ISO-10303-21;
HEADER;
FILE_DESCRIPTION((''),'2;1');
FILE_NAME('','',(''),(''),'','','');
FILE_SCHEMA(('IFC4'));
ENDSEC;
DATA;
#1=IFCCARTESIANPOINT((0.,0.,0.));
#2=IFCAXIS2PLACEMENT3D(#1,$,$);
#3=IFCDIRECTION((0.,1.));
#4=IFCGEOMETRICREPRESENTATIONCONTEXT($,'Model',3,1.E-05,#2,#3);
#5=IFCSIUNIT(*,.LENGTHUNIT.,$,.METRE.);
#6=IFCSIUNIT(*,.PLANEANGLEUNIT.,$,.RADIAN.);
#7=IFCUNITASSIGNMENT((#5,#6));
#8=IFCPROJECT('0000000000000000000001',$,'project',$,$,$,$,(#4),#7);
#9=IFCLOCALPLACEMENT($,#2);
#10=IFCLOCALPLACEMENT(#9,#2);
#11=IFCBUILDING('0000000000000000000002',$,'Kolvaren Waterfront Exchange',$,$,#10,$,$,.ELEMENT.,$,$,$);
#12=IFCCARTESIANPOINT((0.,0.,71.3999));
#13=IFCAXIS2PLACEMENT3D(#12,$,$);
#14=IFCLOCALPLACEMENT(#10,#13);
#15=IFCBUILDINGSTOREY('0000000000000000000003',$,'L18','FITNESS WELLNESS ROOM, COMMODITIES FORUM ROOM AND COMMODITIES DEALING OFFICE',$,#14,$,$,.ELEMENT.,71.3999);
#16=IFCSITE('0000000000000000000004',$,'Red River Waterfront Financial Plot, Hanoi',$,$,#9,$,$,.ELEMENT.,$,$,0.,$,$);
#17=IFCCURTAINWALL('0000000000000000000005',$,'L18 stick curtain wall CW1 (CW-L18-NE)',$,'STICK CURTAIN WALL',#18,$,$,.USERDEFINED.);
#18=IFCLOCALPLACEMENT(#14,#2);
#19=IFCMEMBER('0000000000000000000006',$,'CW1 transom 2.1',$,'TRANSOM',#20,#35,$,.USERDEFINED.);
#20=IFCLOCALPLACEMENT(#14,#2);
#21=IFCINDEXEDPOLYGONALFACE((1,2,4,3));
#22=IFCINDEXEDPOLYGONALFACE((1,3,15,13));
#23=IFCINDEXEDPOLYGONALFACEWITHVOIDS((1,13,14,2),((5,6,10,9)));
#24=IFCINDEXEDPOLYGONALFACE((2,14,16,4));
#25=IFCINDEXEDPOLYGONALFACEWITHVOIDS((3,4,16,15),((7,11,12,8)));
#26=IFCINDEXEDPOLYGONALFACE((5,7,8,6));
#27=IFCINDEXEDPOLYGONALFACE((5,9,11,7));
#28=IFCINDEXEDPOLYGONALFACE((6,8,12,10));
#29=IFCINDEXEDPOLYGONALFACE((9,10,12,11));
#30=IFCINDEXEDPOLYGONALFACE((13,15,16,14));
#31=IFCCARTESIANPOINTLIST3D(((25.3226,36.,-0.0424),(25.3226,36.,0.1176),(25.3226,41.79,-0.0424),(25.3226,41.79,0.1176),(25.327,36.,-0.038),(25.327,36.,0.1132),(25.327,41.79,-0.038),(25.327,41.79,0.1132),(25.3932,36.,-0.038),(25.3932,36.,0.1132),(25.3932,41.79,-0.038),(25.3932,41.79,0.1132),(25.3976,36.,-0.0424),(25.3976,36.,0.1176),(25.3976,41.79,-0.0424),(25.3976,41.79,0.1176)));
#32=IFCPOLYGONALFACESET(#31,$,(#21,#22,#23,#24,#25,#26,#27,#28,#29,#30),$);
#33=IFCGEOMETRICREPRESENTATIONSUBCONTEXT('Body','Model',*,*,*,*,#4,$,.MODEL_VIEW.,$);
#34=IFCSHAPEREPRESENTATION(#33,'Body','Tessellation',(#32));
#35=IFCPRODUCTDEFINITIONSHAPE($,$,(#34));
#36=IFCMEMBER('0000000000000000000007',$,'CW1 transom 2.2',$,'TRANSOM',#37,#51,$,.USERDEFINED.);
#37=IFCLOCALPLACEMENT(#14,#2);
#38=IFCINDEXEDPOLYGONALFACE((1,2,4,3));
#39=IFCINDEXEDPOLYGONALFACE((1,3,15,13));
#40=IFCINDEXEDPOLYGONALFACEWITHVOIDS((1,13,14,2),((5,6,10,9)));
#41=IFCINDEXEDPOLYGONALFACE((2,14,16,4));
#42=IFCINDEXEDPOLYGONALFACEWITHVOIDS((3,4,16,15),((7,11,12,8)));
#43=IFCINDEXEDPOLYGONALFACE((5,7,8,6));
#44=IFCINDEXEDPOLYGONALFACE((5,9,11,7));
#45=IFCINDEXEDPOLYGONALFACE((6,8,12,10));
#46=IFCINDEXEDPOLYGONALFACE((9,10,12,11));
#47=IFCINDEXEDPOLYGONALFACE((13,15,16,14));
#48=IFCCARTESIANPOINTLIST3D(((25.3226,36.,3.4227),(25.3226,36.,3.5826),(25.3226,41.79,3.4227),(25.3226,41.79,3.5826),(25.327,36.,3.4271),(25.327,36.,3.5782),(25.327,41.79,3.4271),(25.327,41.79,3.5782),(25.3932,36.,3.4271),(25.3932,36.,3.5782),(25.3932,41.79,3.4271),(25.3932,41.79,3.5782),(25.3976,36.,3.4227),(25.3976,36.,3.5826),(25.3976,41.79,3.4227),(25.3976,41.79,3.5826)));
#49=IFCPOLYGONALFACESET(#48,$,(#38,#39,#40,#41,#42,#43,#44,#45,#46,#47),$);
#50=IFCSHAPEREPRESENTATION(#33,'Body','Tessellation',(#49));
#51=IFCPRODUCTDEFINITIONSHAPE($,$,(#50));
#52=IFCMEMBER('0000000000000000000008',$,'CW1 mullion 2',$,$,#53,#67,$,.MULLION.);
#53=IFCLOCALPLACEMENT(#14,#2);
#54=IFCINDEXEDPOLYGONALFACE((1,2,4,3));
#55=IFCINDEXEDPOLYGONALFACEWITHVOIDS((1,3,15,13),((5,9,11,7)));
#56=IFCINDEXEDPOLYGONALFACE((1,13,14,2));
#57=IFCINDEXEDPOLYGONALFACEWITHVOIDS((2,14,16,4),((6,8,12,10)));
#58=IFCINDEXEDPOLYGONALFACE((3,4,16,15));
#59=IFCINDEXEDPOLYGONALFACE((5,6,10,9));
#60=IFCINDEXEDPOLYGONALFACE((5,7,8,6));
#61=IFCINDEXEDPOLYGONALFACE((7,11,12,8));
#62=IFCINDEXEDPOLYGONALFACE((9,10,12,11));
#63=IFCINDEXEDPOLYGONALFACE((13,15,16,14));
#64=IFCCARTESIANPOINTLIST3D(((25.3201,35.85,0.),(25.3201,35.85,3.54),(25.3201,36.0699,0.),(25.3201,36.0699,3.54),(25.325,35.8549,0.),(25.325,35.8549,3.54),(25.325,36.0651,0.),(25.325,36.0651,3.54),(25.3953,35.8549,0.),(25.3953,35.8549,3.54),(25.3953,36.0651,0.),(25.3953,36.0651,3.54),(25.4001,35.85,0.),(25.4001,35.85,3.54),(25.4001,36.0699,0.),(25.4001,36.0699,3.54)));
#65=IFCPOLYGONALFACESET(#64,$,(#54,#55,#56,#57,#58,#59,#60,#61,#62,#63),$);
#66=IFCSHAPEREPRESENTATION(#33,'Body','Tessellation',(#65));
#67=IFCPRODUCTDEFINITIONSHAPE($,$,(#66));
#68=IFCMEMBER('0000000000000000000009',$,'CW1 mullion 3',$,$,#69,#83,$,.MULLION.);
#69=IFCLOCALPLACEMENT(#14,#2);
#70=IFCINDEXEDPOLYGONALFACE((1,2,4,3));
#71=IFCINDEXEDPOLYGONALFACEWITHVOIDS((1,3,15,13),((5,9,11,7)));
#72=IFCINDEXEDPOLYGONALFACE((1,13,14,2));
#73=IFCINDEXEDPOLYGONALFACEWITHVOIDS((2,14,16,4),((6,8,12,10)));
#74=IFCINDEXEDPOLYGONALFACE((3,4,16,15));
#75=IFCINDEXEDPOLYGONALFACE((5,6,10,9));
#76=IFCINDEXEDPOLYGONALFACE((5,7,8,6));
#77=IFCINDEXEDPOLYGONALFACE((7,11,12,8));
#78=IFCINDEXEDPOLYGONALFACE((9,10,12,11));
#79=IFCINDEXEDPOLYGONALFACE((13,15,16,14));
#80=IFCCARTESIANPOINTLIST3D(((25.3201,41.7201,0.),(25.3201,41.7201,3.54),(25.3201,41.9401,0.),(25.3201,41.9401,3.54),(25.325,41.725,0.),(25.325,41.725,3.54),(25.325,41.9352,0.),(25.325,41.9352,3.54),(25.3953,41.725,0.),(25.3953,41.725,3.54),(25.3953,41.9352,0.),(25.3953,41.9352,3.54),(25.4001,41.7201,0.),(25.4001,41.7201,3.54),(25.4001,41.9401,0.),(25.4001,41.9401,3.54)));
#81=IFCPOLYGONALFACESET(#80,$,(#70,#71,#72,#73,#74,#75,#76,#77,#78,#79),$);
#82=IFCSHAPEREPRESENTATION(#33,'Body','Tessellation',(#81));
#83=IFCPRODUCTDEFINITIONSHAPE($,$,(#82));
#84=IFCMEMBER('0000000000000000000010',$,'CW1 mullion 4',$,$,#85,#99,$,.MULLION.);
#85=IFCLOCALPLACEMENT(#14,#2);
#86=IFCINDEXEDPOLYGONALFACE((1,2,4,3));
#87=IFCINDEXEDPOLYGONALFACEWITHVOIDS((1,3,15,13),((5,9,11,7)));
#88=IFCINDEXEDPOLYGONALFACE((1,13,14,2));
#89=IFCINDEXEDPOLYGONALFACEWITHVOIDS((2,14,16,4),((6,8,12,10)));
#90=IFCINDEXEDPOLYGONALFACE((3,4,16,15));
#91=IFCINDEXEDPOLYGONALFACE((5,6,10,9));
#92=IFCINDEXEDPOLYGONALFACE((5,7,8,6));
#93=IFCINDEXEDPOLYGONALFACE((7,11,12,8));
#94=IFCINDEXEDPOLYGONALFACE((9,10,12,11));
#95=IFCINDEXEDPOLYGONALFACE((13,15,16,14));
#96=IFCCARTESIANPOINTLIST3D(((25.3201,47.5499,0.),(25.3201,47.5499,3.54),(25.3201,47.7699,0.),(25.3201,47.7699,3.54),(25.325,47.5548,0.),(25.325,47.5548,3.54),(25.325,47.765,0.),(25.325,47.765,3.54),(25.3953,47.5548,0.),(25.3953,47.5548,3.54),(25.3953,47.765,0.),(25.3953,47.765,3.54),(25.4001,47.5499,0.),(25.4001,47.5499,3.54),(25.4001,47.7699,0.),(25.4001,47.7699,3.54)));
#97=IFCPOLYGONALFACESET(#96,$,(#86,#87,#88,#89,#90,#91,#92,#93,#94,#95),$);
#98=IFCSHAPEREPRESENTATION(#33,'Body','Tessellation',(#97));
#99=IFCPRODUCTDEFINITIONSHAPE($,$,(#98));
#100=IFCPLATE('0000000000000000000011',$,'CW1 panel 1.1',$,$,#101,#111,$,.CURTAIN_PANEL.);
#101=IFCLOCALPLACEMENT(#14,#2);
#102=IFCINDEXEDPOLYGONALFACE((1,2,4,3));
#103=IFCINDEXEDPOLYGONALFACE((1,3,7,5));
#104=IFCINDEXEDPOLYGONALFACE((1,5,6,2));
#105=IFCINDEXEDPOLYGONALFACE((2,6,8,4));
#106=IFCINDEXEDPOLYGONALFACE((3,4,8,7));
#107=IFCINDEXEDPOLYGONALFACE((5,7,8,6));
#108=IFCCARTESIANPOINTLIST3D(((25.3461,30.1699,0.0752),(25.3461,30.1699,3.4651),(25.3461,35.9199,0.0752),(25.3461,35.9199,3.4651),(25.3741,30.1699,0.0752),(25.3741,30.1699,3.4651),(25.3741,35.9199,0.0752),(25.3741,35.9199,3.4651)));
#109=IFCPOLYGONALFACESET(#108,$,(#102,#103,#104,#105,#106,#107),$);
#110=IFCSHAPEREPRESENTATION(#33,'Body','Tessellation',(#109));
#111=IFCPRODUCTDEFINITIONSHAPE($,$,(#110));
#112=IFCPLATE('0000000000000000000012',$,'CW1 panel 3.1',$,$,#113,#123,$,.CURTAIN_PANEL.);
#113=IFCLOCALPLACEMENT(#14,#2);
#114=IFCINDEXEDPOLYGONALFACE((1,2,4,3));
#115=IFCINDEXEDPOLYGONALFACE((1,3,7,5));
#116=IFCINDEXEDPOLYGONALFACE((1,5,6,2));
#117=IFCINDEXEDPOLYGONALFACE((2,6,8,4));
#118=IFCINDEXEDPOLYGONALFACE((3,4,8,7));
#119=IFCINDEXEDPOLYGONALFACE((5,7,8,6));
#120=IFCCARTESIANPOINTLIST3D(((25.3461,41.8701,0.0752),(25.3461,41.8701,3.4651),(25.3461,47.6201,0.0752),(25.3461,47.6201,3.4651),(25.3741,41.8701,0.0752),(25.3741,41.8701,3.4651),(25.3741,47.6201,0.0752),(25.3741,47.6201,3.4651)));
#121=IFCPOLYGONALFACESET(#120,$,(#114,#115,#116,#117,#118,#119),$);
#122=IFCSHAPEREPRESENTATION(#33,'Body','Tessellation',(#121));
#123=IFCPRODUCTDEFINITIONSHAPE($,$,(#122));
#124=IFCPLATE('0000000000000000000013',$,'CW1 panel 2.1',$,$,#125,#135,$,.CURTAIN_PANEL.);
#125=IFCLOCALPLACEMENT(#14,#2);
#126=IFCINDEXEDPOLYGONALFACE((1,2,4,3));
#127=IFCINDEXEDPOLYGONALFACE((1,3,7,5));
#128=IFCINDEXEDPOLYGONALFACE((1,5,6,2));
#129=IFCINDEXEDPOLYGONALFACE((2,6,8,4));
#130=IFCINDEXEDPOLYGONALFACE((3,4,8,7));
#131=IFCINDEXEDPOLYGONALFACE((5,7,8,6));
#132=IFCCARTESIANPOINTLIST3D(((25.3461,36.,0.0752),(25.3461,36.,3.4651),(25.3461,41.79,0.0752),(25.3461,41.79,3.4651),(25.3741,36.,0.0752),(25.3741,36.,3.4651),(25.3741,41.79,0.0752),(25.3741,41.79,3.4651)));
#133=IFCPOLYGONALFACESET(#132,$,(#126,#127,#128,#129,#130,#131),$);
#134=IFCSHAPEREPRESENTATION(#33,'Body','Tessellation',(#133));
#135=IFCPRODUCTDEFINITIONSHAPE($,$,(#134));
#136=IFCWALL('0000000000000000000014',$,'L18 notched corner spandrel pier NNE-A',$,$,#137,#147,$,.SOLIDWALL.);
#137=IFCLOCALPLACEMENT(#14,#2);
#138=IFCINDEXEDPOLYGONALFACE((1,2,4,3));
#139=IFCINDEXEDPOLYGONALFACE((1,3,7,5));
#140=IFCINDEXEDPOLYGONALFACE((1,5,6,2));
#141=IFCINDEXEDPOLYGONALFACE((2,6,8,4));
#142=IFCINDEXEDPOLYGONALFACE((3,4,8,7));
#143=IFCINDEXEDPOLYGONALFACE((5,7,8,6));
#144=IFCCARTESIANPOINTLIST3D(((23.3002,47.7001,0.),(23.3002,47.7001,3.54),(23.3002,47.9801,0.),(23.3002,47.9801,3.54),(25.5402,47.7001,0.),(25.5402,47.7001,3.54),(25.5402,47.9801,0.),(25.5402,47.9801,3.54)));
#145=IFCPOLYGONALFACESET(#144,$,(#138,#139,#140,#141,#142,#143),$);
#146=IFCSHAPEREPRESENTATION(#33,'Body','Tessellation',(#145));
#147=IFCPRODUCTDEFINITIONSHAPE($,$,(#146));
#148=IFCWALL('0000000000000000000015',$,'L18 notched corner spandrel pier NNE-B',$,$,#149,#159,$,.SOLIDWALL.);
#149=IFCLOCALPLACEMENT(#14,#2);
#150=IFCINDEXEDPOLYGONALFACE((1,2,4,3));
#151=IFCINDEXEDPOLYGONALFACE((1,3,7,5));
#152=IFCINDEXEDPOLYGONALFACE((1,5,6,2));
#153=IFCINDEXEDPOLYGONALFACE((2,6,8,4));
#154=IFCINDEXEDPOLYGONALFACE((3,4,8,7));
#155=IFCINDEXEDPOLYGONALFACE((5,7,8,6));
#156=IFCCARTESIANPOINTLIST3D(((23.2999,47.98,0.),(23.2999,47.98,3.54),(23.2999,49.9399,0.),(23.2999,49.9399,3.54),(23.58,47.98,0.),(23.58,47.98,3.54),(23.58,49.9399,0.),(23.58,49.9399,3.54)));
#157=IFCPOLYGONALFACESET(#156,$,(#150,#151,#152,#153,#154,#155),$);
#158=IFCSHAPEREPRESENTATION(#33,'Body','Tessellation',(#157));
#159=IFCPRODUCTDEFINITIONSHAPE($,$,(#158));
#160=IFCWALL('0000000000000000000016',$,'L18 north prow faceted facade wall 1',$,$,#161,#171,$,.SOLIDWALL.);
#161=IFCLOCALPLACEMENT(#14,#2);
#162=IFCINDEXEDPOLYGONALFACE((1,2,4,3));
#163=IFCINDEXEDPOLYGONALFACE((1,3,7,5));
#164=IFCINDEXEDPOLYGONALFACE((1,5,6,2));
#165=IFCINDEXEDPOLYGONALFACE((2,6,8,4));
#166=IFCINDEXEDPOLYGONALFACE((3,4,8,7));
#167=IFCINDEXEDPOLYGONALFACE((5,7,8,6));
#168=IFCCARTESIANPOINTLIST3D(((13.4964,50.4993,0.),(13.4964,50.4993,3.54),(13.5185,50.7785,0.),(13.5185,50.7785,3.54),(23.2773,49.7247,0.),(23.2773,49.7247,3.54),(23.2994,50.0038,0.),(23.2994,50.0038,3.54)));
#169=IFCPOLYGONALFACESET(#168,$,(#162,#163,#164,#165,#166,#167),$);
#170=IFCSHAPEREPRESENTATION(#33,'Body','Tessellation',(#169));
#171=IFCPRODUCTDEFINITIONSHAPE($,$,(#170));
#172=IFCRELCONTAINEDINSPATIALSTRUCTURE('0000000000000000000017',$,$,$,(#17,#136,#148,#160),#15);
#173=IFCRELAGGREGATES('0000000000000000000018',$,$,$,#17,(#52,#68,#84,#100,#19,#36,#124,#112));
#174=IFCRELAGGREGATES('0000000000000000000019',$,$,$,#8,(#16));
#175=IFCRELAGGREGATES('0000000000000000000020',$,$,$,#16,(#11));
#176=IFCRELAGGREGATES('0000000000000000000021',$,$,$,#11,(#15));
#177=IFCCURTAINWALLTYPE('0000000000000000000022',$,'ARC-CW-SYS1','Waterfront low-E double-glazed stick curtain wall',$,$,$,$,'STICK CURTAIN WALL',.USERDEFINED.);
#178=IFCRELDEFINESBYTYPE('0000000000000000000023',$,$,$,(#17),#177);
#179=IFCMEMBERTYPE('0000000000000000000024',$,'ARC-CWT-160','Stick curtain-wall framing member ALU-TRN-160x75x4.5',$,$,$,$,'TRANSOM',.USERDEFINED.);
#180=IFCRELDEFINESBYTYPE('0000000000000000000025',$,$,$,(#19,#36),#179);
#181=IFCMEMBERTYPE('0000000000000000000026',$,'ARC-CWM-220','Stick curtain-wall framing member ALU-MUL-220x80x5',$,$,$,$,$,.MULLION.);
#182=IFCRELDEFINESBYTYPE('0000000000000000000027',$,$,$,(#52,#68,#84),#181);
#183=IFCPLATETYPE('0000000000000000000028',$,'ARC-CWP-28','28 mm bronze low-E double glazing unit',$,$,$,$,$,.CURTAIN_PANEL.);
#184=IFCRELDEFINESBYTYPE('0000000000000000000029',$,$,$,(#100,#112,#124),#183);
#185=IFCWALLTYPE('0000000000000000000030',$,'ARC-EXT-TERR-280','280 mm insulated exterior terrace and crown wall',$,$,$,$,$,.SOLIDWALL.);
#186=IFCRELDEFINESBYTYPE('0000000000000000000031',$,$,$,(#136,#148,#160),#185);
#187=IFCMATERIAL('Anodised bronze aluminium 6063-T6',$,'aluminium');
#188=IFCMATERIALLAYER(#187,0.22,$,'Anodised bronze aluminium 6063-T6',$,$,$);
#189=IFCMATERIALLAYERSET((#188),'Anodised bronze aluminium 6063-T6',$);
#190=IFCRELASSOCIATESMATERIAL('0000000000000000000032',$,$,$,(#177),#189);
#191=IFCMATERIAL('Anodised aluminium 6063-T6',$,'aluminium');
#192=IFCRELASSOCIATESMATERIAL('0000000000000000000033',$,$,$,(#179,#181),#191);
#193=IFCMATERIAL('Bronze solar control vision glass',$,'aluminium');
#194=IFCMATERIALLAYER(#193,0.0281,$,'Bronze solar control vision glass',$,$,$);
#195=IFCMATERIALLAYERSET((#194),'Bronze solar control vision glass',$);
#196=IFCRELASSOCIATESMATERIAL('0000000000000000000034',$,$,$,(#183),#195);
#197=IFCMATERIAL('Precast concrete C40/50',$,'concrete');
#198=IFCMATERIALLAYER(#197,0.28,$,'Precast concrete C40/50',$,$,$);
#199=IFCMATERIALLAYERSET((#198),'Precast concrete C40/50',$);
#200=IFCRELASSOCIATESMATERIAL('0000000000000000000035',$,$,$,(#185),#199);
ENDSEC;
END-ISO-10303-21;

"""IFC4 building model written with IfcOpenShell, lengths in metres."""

from ifc_helpers import new_model, si_unit, direction, frame, frame_2d, origin, origin_with_axes, origin_2d, place, context, subcontext, project, spatial, rectangle, hollow_rectangle, extrude, source, transform, mapped, material, layer, layer_set, material_profile, profile_set, type_object, element, aggregate, save


model = new_model("IFC4")

# Units and contexts
model_context = context("Model", 3, precision=1e-05, world=origin(), true_north=direction((0.0, 1.0)))
body_context = subcontext(model_context, "Body", "Model", "MODEL_VIEW")
ifc_project = project(units=[si_unit("LENGTHUNIT", "METRE"), si_unit("PLANEANGLEUNIT", "RADIAN")], contexts=[model_context])

# Site, building, storey
site_placement = place(None, origin())
site = spatial("IfcSite", under=ifc_project, at=site_placement, Name="Red River Waterfront Financial Plot, Hanoi", CompositionType="ELEMENT", RefElevation=0.0)
building_placement = place(site_placement, origin())
building = spatial("IfcBuilding", under=site, at=building_placement, Name="Kolvaren Waterfront Exchange", CompositionType="ELEMENT")
storey_placement = place(building_placement, frame((0.0, 0.0, 71.3999)))
storey = spatial("IfcBuildingStorey", under=building, at=storey_placement, Name="L18", Description="FITNESS WELLNESS ROOM, COMMODITIES FORUM ROOM AND COMMODITIES DEALING OFFICE", CompositionType="ELEMENT", Elevation=71.3999)

# Curtain wall, members, plates
ifc_material_1 = material(Name="Anodised bronze aluminium 6063-T6", Category="aluminium")
ifc_layer_1 = layer(ifc_material_1, 0.22, Name="Anodised bronze aluminium 6063-T6")
ifc_layer_set_1 = layer_set([ifc_layer_1], Name="Anodised bronze aluminium 6063-T6")
curtain_wall_type = type_object("IfcCurtainWallType", Name="ARC-CW-SYS1", Description="Waterfront low-E double-glazed stick curtain wall", ElementType="STICK CURTAIN WALL", PredefinedType="USERDEFINED", material=ifc_layer_set_1)
curtain_wall_placement = place(storey_placement, origin())
curtain_wall = element("IfcCurtainWall", 1, at=curtain_wall_placement, inside=storey, type_object=curtain_wall_type, Name="L18 stick curtain wall CW1 (CW-L18-NE)", ObjectType="STICK CURTAIN WALL", PredefinedType="USERDEFINED")
ifc_material_2 = material(Name="Anodised aluminium 6063-T6", Category="aluminium")
ifc_material_profile_1 = material_profile(ifc_material_2, hollow_rectangle(XDim=0.075, YDim=0.1599, WallThickness=0.0044, at=origin_2d()), Name="ALU-TRN-160x75x4.5")
ifc_profile_set_1 = profile_set([ifc_material_profile_1], Name="Anodised aluminium 6063-T6")
member_type_1 = type_object("IfcMemberType", Name="ARC-CWT-160", Description="Stick curtain-wall framing member ALU-TRN-160x75x4.5", ElementType="TRANSOM", PredefinedType="USERDEFINED", material=ifc_profile_set_1)
shared_shape_1 = source(origin_with_axes(), body_context, "Body", "SweptSolid", [
    extrude(hollow_rectangle(XDim=0.075, YDim=0.1599, WallThickness=0.0044, at=origin_2d()), origin(), (0.0, 0.0, 1.0), 5.79),
])
member_1_placement = place(storey_placement, frame((25.3601, 36.0, 0.0376), z_axis=(0.0, 1.0, 0.0), x_axis=(-1.0, 0.0, 0.0)))
member_1 = element("IfcMember", 2, at=member_1_placement, type_object=member_type_1, Name="CW1 transom 2.1", ObjectType="TRANSOM", PredefinedType="USERDEFINED", context=body_context, shape_type="MappedRepresentation", body=[
    mapped(shared_shape_1, transform((0.0, 0.0, 0.0), x_axis=(1.0, 0.0, 0.0), y_axis=(0.0, 1.0, 0.0), z_axis=(0.0, 0.0, 1.0), scale=1.0)),
])
member_2_placement = place(storey_placement, frame((25.3601, 36.0, 3.5027), z_axis=(0.0, 1.0, 0.0), x_axis=(-1.0, 0.0, 0.0)))
member_2 = element("IfcMember", 3, at=member_2_placement, type_object=member_type_1, Name="CW1 transom 2.2", ObjectType="TRANSOM", PredefinedType="USERDEFINED", context=body_context, shape_type="MappedRepresentation", body=[
    mapped(shared_shape_1, transform((0.0, 0.0, 0.0), x_axis=(1.0, 0.0, 0.0), y_axis=(0.0, 1.0, 0.0), z_axis=(0.0, 0.0, 1.0), scale=1.0)),
])
ifc_material_profile_2 = material_profile(ifc_material_2, hollow_rectangle(XDim=0.0801, YDim=0.22, WallThickness=0.0049, at=origin_2d()), Name="ALU-MUL-220x80x5")
ifc_profile_set_2 = profile_set([ifc_material_profile_2], Name="Anodised aluminium 6063-T6")
member_type_2 = type_object("IfcMemberType", Name="ARC-CWM-220", Description="Stick curtain-wall framing member ALU-MUL-220x80x5", PredefinedType="MULLION", material=ifc_profile_set_2)
shared_shape_2 = source(origin_with_axes(), body_context, "Body", "SweptSolid", [
    extrude(hollow_rectangle(XDim=0.0801, YDim=0.22, WallThickness=0.0049, at=origin_2d()), origin(), (0.0, 0.0, 1.0), 3.54),
])
member_3_placement = place(storey_placement, frame((25.3601, 35.96, 0.0), z_axis=(0.0, 0.0, 1.0), x_axis=(-1.0, 0.0, 0.0)))
member_3 = element("IfcMember", 4, at=member_3_placement, type_object=member_type_2, Name="CW1 mullion 2", PredefinedType="MULLION", context=body_context, shape_type="MappedRepresentation", body=[
    mapped(shared_shape_2, transform((0.0, 0.0, 0.0), x_axis=(1.0, 0.0, 0.0), y_axis=(0.0, 1.0, 0.0), z_axis=(0.0, 0.0, 1.0), scale=1.0)),
])
member_4_placement = place(storey_placement, frame((25.3601, 41.8301, 0.0), z_axis=(0.0, 0.0, 1.0), x_axis=(-1.0, 0.0, 0.0)))
member_4 = element("IfcMember", 5, at=member_4_placement, type_object=member_type_2, Name="CW1 mullion 3", PredefinedType="MULLION", context=body_context, shape_type="MappedRepresentation", body=[
    mapped(shared_shape_2, transform((0.0, 0.0, 0.0), x_axis=(1.0, 0.0, 0.0), y_axis=(0.0, 1.0, 0.0), z_axis=(0.0, 0.0, 1.0), scale=1.0)),
])
member_5_placement = place(storey_placement, frame((25.3601, 47.6599, 0.0), z_axis=(0.0, 0.0, 1.0), x_axis=(-1.0, 0.0, 0.0)))
member_5 = element("IfcMember", 6, at=member_5_placement, type_object=member_type_2, Name="CW1 mullion 4", PredefinedType="MULLION", context=body_context, shape_type="MappedRepresentation", body=[
    mapped(shared_shape_2, transform((0.0, 0.0, 0.0), x_axis=(1.0, 0.0, 0.0), y_axis=(0.0, 1.0, 0.0), z_axis=(0.0, 0.0, 1.0), scale=1.0)),
])
ifc_material_3 = material(Name="Bronze solar control vision glass", Category="aluminium")
ifc_layer_2 = layer(ifc_material_3, 0.0281, Name="Bronze solar control vision glass")
ifc_layer_set_2 = layer_set([ifc_layer_2], Name="Bronze solar control vision glass")
plate_type = type_object("IfcPlateType", Name="ARC-CWP-28", Description="28 mm bronze low-E double glazing unit", PredefinedType="CURTAIN_PANEL", material=ifc_layer_set_2)
shared_shape_3 = source(origin_with_axes(), body_context, "Body", "SweptSolid", [
    extrude(rectangle(XDim=5.75, YDim=0.0281, at=origin_2d()), origin(), (0.0, 0.0, 1.0), 3.3899),
])
plate_1_placement = place(storey_placement, frame((25.3601, 33.0449, 0.0752), z_axis=(0.0, 0.0, 1.0), x_axis=(0.0, 1.0, 0.0)))
plate_1 = element("IfcPlate", 7, at=plate_1_placement, type_object=plate_type, Name="CW1 panel 1.1", PredefinedType="CURTAIN_PANEL", context=body_context, shape_type="MappedRepresentation", body=[
    mapped(shared_shape_3, transform((0.0, 0.0, 0.0), x_axis=(1.0, 0.0, 0.0), y_axis=(0.0, 1.0, 0.0), z_axis=(0.0, 0.0, 1.0), scale=1.0)),
])
plate_2_placement = place(storey_placement, frame((25.3601, 44.7451, 0.0752), z_axis=(0.0, 0.0, 1.0), x_axis=(0.0, 1.0, 0.0)))
plate_2 = element("IfcPlate", 8, at=plate_2_placement, type_object=plate_type, Name="CW1 panel 3.1", PredefinedType="CURTAIN_PANEL", context=body_context, shape_type="MappedRepresentation", body=[
    mapped(shared_shape_3, transform((0.0, 0.0, 0.0), x_axis=(1.0, 0.0, 0.0), y_axis=(0.0, 1.0, 0.0), z_axis=(0.0, 0.0, 1.0), scale=1.0)),
])
shared_shape_4 = source(origin_with_axes(), body_context, "Body", "SweptSolid", [
    extrude(rectangle(XDim=5.79, YDim=0.0281, at=origin_2d()), origin(), (0.0, 0.0, 1.0), 3.3899),
])
plate_3_placement = place(storey_placement, frame((25.3601, 38.895, 0.0752), z_axis=(0.0, 0.0, 1.0), x_axis=(0.0, 1.0, 0.0)))
plate_3 = element("IfcPlate", 9, at=plate_3_placement, type_object=plate_type, Name="CW1 panel 2.1", PredefinedType="CURTAIN_PANEL", context=body_context, shape_type="MappedRepresentation", body=[
    mapped(shared_shape_4, transform((0.0, 0.0, 0.0), x_axis=(1.0, 0.0, 0.0), y_axis=(0.0, 1.0, 0.0), z_axis=(0.0, 0.0, 1.0), scale=1.0)),
])
aggregate(curtain_wall, [member_3, member_4, member_5, plate_1, member_1, member_2, plate_3, plate_2])

# Walls
ifc_material_4 = material(Name="Precast concrete C40/50", Category="concrete")
ifc_layer_3 = layer(ifc_material_4, 0.28, Name="Precast concrete C40/50")
ifc_layer_set_3 = layer_set([ifc_layer_3], Name="Precast concrete C40/50")
wall_type = type_object("IfcWallType", Name="ARC-EXT-TERR-280", Description="280 mm insulated exterior terrace and crown wall", PredefinedType="SOLIDWALL", material=ifc_layer_set_3)
wall_1_placement = place(storey_placement, frame((23.3, 47.8401, 0.0), z_axis=(0.0, 0.0, 1.0), x_axis=(1.0, 0.0, 0.0)))
element("IfcWall", 10, at=wall_1_placement, inside=storey, type_object=wall_type, Name="L18 notched corner spandrel pier NNE-A", PredefinedType="SOLIDWALL", context=body_context, shape_type="SweptSolid", body=[
    extrude(rectangle(XDim=2.24, YDim=0.28, at=frame_2d((1.1201, 0.0))), origin(), (0.0, 0.0, 1.0), 3.54),
])
wall_2_placement = place(storey_placement, frame((23.4399, 47.98, 0.0), z_axis=(0.0, 0.0, 1.0), x_axis=(0.0, 1.0, 0.0)))
element("IfcWall", 11, at=wall_2_placement, inside=storey, type_object=wall_type, Name="L18 notched corner spandrel pier NNE-B", PredefinedType="SOLIDWALL", context=body_context, shape_type="SweptSolid", body=[
    extrude(rectangle(XDim=1.96, YDim=0.28, at=frame_2d((0.98, 0.0))), origin(), (0.0, 0.0, 1.0), 3.54),
])
wall_3_placement = place(storey_placement, frame((23.2883, 49.8643, 0.0), z_axis=(0.0, 0.0, 1.0), x_axis=(-0.996878, 0.078953, 0.0)))
element("IfcWall", 12, at=wall_3_placement, inside=storey, type_object=wall_type, Name="L18 north prow faceted facade wall 1", PredefinedType="SOLIDWALL", context=body_context, shape_type="SweptSolid", body=[
    extrude(rectangle(XDim=9.8115, YDim=0.28, at=frame_2d((4.9058, 0.0))), origin(), (0.0, 0.0, 1.0), 3.54),
])

save(model, "model.ifc")
